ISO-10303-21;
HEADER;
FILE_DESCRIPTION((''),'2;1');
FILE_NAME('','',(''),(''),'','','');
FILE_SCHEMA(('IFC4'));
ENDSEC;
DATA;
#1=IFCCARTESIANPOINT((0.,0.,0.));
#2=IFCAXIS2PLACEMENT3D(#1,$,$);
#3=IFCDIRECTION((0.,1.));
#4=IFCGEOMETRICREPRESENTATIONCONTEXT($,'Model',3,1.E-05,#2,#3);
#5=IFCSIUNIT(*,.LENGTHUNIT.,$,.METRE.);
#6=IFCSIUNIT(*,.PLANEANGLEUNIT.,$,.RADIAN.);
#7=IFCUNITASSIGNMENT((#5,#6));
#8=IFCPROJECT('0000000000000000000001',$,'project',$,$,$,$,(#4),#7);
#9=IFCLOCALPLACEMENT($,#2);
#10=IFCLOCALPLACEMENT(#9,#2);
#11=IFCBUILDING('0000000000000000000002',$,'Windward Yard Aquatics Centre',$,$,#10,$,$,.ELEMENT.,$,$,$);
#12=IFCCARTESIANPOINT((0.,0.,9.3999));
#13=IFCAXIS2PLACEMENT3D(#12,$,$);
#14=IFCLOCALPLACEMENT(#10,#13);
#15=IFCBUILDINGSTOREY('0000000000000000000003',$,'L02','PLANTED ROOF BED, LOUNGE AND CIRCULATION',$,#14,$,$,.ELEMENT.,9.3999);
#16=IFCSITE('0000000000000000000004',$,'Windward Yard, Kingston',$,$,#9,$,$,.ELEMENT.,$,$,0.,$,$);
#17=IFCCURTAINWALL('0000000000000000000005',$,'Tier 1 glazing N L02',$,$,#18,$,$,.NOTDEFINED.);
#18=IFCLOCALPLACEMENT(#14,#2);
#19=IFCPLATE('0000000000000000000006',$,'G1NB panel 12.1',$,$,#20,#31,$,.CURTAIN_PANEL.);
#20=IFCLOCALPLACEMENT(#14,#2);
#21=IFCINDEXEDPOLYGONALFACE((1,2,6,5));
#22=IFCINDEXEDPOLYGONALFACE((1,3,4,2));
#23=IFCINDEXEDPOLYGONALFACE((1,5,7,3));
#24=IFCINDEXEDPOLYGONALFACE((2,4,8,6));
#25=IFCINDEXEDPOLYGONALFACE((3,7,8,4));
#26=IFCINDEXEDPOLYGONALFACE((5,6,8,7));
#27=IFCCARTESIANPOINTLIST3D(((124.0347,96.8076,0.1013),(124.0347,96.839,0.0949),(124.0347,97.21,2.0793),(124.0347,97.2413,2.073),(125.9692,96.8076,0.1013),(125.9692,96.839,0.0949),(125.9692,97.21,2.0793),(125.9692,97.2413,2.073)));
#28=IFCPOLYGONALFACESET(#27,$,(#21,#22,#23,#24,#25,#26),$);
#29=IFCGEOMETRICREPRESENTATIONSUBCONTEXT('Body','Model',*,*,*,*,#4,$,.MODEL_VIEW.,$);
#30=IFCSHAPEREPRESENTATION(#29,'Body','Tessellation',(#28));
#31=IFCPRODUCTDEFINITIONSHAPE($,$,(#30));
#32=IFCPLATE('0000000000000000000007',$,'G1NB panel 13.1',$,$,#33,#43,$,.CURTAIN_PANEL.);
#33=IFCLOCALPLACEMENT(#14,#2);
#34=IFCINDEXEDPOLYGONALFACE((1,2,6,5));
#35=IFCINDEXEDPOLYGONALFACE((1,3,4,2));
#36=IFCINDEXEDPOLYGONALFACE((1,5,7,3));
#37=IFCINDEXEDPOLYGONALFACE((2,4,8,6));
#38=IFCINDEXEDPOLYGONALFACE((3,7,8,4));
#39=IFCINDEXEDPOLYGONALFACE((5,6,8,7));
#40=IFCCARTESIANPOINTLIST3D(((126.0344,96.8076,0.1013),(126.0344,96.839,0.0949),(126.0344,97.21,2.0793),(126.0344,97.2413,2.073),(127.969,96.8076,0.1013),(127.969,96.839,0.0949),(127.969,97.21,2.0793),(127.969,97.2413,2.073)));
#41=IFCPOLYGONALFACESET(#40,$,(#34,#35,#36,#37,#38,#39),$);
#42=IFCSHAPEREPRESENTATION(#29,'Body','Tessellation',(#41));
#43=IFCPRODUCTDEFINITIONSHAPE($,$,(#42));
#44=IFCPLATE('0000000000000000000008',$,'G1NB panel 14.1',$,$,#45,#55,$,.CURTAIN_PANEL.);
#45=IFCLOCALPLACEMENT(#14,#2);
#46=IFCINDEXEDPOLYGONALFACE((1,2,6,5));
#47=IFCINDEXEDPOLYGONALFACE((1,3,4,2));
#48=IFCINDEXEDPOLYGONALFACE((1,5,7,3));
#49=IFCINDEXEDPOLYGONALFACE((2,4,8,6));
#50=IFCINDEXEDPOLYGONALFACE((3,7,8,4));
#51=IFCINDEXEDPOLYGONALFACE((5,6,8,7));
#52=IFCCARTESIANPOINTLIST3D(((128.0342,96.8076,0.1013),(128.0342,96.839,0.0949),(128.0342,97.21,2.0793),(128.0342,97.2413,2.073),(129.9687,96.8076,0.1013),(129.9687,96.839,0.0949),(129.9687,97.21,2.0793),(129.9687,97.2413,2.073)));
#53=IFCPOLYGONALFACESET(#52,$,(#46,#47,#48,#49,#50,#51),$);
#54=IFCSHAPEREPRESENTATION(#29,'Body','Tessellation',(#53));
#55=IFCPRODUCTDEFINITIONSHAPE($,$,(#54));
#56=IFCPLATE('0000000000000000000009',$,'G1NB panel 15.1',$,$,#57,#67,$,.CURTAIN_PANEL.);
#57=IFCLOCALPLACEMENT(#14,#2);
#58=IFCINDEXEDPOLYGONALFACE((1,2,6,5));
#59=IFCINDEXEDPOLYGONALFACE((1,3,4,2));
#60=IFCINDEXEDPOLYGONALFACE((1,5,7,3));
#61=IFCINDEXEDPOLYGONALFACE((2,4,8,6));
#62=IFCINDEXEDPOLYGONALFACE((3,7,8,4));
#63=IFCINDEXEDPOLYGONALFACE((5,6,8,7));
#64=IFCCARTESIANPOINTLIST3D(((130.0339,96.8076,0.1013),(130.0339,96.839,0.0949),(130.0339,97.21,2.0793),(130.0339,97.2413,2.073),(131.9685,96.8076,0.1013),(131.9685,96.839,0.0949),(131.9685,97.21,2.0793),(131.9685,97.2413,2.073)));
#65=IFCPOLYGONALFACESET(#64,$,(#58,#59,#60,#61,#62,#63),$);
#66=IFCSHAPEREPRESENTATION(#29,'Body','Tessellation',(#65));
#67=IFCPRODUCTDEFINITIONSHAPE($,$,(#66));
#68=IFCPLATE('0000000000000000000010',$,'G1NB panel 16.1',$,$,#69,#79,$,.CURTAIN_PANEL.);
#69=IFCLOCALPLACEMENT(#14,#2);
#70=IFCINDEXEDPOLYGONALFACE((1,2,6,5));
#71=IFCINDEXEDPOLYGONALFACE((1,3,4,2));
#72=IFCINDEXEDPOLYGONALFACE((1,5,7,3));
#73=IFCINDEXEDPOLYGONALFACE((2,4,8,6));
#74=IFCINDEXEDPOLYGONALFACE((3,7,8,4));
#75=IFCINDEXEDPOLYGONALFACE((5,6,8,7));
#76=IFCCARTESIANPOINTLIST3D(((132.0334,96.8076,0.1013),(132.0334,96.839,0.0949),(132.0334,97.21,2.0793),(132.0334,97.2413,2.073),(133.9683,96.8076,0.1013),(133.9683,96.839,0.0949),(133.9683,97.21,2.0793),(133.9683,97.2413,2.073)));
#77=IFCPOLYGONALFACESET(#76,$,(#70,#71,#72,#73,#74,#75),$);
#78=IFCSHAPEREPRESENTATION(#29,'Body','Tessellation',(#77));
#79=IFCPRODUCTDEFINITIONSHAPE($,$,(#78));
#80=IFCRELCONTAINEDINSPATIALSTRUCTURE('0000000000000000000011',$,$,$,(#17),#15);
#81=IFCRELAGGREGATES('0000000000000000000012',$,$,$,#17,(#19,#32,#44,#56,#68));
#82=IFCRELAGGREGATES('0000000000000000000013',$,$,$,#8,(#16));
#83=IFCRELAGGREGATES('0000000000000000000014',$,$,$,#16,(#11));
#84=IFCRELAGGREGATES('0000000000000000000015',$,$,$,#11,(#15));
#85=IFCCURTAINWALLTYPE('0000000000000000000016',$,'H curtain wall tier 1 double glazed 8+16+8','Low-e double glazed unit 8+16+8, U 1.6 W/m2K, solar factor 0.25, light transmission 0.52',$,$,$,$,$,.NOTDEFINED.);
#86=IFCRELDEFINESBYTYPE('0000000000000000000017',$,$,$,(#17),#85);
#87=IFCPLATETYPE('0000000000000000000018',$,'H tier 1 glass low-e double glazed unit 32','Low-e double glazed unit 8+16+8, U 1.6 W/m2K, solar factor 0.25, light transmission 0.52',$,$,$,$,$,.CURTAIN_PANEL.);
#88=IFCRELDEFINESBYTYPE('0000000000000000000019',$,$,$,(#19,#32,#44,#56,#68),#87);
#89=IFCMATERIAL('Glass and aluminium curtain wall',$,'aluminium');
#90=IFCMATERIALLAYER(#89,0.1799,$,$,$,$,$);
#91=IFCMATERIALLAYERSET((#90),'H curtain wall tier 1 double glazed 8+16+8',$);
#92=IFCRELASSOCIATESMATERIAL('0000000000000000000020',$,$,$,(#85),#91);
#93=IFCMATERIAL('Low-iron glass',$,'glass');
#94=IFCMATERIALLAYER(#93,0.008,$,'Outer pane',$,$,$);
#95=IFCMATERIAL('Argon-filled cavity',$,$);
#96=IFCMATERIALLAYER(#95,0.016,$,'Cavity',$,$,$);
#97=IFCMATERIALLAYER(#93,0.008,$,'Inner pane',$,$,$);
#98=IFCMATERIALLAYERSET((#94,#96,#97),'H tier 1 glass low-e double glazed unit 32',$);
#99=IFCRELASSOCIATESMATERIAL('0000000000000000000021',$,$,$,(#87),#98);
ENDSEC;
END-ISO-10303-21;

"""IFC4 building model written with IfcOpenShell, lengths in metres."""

from ifc_helpers import new_model, si_unit, direction, frame, origin, place, context, subcontext, project, spatial, polyline, outline, extrude, material, layer, layer_set, type_object, element, aggregate, save


model = new_model("IFC4")

# Units and contexts
model_context = context("Model", 3, precision=1e-05, world=origin(), true_north=direction((0.0, 1.0)))
body_context = subcontext(model_context, "Body", "Model", "MODEL_VIEW")
ifc_project = project(units=[si_unit("LENGTHUNIT", "METRE"), si_unit("PLANEANGLEUNIT", "RADIAN")], contexts=[model_context])

# Site, building, storey
site_placement = place(None, origin())
site = spatial("IfcSite", under=ifc_project, at=site_placement, Name="Windward Yard, Kingston", CompositionType="ELEMENT", RefElevation=0.0)
building_placement = place(site_placement, origin())
building = spatial("IfcBuilding", under=site, at=building_placement, Name="Windward Yard Aquatics Centre", CompositionType="ELEMENT")
storey_placement = place(building_placement, frame((0.0, 0.0, 9.3999)))
storey = spatial("IfcBuildingStorey", under=building, at=storey_placement, Name="L02", Description="PLANTED ROOF BED, LOUNGE AND CIRCULATION", CompositionType="ELEMENT", Elevation=9.3999)

# Curtain wall, plates
ifc_material_1 = material(Name="Glass and aluminium curtain wall", Category="aluminium")
ifc_layer_1 = layer(ifc_material_1, 0.1799)
ifc_layer_set_1 = layer_set([ifc_layer_1], Name="H curtain wall tier 1 double glazed 8+16+8")
curtain_wall_type = type_object("IfcCurtainWallType", Name="H curtain wall tier 1 double glazed 8+16+8", Description="Low-e double glazed unit 8+16+8, U 1.6 W/m2K, solar factor 0.25, light transmission 0.52", PredefinedType="NOTDEFINED", material=ifc_layer_set_1)
curtain_wall_placement = place(storey_placement, origin())
curtain_wall = element("IfcCurtainWall", 1, at=curtain_wall_placement, inside=storey, type_object=curtain_wall_type, Name="Tier 1 glazing N L02", PredefinedType="NOTDEFINED")
ifc_material_2 = material(Name="Low-iron glass", Category="glass")
ifc_layer_2 = layer(ifc_material_2, 0.008, Name="Outer pane")
ifc_material_3 = material(Name="Argon-filled cavity")
ifc_layer_3 = layer(ifc_material_3, 0.016, Name="Cavity")
ifc_layer_4 = layer(ifc_material_2, 0.008, Name="Inner pane")
ifc_layer_set_2 = layer_set([ifc_layer_2, ifc_layer_3, ifc_layer_4], Name="H tier 1 glass low-e double glazed unit 32")
plate_type = type_object("IfcPlateType", Name="H tier 1 glass low-e double glazed unit 32", Description="Low-e double glazed unit 8+16+8, U 1.6 W/m2K, solar factor 0.25, light transmission 0.52", PredefinedType="CURTAIN_PANEL", material=ifc_layer_set_2)
plate_1_placement = place(storey_placement, frame((124.0347, 96.8076, 0.1013), z_axis=(0.0, -0.979933, 0.199325), x_axis=(1.0, 0.0, 0.0)))
plate_1 = element("IfcPlate", 2, at=plate_1_placement, type_object=plate_type, Name="G1NB panel 12.1", PredefinedType="CURTAIN_PANEL", context=body_context, shape_type="SweptSolid", body=[
    extrude(outline(polyline([(0.0, 0.0), (1.9346, 0.0), (1.9346, 2.0185), (0.0, 2.0185), (0.0, 0.0)])), origin(), (0.0, 0.0, -1.0), 0.032),
])
plate_2_placement = place(storey_placement, frame((126.0344, 96.8076, 0.1013), z_axis=(0.0, -0.979933, 0.199325), x_axis=(1.0, 0.0, 0.0)))
plate_2 = element("IfcPlate", 3, at=plate_2_placement, type_object=plate_type, Name="G1NB panel 13.1", PredefinedType="CURTAIN_PANEL", context=body_context, shape_type="SweptSolid", body=[
    extrude(outline(polyline([(0.0, 0.0), (1.9346, 0.0), (1.9346, 2.0185), (0.0, 2.0185), (0.0, 0.0)])), origin(), (0.0, 0.0, -1.0), 0.032),
])
plate_3_placement = place(storey_placement, frame((128.0342, 96.8076, 0.1013), z_axis=(0.0, -0.979933, 0.199325), x_axis=(1.0, 0.0, 0.0)))
plate_3 = element("IfcPlate", 4, at=plate_3_placement, type_object=plate_type, Name="G1NB panel 14.1", PredefinedType="CURTAIN_PANEL", context=body_context, shape_type="SweptSolid", body=[
    extrude(outline(polyline([(0.0, 0.0), (1.9346, 0.0), (1.9346, 2.0185), (0.0, 2.0185), (0.0, 0.0)])), origin(), (0.0, 0.0, -1.0), 0.032),
])
plate_4_placement = place(storey_placement, frame((130.0339, 96.8076, 0.1013), z_axis=(0.0, -0.979933, 0.199325), x_axis=(1.0, 0.0, 0.0)))
plate_4 = element("IfcPlate", 5, at=plate_4_placement, type_object=plate_type, Name="G1NB panel 15.1", PredefinedType="CURTAIN_PANEL", context=body_context, shape_type="SweptSolid", body=[
    extrude(outline(polyline([(0.0, 0.0), (1.9346, 0.0), (1.9346, 2.0185), (0.0, 2.0185), (0.0, 0.0)])), origin(), (0.0, 0.0, -1.0), 0.032),
])
plate_5_placement = place(storey_placement, frame((132.0334, 96.8076, 0.1013), z_axis=(0.0, -0.979933, 0.199325), x_axis=(1.0, 0.0, 0.0)))
plate_5 = element("IfcPlate", 6, at=plate_5_placement, type_object=plate_type, Name="G1NB panel 16.1", PredefinedType="CURTAIN_PANEL", context=body_context, shape_type="SweptSolid", body=[
    extrude(outline(polyline([(0.0, 0.0), (1.9348, 0.0), (1.9348, 2.0185), (0.0, 2.0185), (0.0, 0.0)])), origin(), (0.0, 0.0, -1.0), 0.032),
])
aggregate(curtain_wall, [plate_1, plate_2, plate_3, plate_4, plate_5])

save(model, "model.ifc")
